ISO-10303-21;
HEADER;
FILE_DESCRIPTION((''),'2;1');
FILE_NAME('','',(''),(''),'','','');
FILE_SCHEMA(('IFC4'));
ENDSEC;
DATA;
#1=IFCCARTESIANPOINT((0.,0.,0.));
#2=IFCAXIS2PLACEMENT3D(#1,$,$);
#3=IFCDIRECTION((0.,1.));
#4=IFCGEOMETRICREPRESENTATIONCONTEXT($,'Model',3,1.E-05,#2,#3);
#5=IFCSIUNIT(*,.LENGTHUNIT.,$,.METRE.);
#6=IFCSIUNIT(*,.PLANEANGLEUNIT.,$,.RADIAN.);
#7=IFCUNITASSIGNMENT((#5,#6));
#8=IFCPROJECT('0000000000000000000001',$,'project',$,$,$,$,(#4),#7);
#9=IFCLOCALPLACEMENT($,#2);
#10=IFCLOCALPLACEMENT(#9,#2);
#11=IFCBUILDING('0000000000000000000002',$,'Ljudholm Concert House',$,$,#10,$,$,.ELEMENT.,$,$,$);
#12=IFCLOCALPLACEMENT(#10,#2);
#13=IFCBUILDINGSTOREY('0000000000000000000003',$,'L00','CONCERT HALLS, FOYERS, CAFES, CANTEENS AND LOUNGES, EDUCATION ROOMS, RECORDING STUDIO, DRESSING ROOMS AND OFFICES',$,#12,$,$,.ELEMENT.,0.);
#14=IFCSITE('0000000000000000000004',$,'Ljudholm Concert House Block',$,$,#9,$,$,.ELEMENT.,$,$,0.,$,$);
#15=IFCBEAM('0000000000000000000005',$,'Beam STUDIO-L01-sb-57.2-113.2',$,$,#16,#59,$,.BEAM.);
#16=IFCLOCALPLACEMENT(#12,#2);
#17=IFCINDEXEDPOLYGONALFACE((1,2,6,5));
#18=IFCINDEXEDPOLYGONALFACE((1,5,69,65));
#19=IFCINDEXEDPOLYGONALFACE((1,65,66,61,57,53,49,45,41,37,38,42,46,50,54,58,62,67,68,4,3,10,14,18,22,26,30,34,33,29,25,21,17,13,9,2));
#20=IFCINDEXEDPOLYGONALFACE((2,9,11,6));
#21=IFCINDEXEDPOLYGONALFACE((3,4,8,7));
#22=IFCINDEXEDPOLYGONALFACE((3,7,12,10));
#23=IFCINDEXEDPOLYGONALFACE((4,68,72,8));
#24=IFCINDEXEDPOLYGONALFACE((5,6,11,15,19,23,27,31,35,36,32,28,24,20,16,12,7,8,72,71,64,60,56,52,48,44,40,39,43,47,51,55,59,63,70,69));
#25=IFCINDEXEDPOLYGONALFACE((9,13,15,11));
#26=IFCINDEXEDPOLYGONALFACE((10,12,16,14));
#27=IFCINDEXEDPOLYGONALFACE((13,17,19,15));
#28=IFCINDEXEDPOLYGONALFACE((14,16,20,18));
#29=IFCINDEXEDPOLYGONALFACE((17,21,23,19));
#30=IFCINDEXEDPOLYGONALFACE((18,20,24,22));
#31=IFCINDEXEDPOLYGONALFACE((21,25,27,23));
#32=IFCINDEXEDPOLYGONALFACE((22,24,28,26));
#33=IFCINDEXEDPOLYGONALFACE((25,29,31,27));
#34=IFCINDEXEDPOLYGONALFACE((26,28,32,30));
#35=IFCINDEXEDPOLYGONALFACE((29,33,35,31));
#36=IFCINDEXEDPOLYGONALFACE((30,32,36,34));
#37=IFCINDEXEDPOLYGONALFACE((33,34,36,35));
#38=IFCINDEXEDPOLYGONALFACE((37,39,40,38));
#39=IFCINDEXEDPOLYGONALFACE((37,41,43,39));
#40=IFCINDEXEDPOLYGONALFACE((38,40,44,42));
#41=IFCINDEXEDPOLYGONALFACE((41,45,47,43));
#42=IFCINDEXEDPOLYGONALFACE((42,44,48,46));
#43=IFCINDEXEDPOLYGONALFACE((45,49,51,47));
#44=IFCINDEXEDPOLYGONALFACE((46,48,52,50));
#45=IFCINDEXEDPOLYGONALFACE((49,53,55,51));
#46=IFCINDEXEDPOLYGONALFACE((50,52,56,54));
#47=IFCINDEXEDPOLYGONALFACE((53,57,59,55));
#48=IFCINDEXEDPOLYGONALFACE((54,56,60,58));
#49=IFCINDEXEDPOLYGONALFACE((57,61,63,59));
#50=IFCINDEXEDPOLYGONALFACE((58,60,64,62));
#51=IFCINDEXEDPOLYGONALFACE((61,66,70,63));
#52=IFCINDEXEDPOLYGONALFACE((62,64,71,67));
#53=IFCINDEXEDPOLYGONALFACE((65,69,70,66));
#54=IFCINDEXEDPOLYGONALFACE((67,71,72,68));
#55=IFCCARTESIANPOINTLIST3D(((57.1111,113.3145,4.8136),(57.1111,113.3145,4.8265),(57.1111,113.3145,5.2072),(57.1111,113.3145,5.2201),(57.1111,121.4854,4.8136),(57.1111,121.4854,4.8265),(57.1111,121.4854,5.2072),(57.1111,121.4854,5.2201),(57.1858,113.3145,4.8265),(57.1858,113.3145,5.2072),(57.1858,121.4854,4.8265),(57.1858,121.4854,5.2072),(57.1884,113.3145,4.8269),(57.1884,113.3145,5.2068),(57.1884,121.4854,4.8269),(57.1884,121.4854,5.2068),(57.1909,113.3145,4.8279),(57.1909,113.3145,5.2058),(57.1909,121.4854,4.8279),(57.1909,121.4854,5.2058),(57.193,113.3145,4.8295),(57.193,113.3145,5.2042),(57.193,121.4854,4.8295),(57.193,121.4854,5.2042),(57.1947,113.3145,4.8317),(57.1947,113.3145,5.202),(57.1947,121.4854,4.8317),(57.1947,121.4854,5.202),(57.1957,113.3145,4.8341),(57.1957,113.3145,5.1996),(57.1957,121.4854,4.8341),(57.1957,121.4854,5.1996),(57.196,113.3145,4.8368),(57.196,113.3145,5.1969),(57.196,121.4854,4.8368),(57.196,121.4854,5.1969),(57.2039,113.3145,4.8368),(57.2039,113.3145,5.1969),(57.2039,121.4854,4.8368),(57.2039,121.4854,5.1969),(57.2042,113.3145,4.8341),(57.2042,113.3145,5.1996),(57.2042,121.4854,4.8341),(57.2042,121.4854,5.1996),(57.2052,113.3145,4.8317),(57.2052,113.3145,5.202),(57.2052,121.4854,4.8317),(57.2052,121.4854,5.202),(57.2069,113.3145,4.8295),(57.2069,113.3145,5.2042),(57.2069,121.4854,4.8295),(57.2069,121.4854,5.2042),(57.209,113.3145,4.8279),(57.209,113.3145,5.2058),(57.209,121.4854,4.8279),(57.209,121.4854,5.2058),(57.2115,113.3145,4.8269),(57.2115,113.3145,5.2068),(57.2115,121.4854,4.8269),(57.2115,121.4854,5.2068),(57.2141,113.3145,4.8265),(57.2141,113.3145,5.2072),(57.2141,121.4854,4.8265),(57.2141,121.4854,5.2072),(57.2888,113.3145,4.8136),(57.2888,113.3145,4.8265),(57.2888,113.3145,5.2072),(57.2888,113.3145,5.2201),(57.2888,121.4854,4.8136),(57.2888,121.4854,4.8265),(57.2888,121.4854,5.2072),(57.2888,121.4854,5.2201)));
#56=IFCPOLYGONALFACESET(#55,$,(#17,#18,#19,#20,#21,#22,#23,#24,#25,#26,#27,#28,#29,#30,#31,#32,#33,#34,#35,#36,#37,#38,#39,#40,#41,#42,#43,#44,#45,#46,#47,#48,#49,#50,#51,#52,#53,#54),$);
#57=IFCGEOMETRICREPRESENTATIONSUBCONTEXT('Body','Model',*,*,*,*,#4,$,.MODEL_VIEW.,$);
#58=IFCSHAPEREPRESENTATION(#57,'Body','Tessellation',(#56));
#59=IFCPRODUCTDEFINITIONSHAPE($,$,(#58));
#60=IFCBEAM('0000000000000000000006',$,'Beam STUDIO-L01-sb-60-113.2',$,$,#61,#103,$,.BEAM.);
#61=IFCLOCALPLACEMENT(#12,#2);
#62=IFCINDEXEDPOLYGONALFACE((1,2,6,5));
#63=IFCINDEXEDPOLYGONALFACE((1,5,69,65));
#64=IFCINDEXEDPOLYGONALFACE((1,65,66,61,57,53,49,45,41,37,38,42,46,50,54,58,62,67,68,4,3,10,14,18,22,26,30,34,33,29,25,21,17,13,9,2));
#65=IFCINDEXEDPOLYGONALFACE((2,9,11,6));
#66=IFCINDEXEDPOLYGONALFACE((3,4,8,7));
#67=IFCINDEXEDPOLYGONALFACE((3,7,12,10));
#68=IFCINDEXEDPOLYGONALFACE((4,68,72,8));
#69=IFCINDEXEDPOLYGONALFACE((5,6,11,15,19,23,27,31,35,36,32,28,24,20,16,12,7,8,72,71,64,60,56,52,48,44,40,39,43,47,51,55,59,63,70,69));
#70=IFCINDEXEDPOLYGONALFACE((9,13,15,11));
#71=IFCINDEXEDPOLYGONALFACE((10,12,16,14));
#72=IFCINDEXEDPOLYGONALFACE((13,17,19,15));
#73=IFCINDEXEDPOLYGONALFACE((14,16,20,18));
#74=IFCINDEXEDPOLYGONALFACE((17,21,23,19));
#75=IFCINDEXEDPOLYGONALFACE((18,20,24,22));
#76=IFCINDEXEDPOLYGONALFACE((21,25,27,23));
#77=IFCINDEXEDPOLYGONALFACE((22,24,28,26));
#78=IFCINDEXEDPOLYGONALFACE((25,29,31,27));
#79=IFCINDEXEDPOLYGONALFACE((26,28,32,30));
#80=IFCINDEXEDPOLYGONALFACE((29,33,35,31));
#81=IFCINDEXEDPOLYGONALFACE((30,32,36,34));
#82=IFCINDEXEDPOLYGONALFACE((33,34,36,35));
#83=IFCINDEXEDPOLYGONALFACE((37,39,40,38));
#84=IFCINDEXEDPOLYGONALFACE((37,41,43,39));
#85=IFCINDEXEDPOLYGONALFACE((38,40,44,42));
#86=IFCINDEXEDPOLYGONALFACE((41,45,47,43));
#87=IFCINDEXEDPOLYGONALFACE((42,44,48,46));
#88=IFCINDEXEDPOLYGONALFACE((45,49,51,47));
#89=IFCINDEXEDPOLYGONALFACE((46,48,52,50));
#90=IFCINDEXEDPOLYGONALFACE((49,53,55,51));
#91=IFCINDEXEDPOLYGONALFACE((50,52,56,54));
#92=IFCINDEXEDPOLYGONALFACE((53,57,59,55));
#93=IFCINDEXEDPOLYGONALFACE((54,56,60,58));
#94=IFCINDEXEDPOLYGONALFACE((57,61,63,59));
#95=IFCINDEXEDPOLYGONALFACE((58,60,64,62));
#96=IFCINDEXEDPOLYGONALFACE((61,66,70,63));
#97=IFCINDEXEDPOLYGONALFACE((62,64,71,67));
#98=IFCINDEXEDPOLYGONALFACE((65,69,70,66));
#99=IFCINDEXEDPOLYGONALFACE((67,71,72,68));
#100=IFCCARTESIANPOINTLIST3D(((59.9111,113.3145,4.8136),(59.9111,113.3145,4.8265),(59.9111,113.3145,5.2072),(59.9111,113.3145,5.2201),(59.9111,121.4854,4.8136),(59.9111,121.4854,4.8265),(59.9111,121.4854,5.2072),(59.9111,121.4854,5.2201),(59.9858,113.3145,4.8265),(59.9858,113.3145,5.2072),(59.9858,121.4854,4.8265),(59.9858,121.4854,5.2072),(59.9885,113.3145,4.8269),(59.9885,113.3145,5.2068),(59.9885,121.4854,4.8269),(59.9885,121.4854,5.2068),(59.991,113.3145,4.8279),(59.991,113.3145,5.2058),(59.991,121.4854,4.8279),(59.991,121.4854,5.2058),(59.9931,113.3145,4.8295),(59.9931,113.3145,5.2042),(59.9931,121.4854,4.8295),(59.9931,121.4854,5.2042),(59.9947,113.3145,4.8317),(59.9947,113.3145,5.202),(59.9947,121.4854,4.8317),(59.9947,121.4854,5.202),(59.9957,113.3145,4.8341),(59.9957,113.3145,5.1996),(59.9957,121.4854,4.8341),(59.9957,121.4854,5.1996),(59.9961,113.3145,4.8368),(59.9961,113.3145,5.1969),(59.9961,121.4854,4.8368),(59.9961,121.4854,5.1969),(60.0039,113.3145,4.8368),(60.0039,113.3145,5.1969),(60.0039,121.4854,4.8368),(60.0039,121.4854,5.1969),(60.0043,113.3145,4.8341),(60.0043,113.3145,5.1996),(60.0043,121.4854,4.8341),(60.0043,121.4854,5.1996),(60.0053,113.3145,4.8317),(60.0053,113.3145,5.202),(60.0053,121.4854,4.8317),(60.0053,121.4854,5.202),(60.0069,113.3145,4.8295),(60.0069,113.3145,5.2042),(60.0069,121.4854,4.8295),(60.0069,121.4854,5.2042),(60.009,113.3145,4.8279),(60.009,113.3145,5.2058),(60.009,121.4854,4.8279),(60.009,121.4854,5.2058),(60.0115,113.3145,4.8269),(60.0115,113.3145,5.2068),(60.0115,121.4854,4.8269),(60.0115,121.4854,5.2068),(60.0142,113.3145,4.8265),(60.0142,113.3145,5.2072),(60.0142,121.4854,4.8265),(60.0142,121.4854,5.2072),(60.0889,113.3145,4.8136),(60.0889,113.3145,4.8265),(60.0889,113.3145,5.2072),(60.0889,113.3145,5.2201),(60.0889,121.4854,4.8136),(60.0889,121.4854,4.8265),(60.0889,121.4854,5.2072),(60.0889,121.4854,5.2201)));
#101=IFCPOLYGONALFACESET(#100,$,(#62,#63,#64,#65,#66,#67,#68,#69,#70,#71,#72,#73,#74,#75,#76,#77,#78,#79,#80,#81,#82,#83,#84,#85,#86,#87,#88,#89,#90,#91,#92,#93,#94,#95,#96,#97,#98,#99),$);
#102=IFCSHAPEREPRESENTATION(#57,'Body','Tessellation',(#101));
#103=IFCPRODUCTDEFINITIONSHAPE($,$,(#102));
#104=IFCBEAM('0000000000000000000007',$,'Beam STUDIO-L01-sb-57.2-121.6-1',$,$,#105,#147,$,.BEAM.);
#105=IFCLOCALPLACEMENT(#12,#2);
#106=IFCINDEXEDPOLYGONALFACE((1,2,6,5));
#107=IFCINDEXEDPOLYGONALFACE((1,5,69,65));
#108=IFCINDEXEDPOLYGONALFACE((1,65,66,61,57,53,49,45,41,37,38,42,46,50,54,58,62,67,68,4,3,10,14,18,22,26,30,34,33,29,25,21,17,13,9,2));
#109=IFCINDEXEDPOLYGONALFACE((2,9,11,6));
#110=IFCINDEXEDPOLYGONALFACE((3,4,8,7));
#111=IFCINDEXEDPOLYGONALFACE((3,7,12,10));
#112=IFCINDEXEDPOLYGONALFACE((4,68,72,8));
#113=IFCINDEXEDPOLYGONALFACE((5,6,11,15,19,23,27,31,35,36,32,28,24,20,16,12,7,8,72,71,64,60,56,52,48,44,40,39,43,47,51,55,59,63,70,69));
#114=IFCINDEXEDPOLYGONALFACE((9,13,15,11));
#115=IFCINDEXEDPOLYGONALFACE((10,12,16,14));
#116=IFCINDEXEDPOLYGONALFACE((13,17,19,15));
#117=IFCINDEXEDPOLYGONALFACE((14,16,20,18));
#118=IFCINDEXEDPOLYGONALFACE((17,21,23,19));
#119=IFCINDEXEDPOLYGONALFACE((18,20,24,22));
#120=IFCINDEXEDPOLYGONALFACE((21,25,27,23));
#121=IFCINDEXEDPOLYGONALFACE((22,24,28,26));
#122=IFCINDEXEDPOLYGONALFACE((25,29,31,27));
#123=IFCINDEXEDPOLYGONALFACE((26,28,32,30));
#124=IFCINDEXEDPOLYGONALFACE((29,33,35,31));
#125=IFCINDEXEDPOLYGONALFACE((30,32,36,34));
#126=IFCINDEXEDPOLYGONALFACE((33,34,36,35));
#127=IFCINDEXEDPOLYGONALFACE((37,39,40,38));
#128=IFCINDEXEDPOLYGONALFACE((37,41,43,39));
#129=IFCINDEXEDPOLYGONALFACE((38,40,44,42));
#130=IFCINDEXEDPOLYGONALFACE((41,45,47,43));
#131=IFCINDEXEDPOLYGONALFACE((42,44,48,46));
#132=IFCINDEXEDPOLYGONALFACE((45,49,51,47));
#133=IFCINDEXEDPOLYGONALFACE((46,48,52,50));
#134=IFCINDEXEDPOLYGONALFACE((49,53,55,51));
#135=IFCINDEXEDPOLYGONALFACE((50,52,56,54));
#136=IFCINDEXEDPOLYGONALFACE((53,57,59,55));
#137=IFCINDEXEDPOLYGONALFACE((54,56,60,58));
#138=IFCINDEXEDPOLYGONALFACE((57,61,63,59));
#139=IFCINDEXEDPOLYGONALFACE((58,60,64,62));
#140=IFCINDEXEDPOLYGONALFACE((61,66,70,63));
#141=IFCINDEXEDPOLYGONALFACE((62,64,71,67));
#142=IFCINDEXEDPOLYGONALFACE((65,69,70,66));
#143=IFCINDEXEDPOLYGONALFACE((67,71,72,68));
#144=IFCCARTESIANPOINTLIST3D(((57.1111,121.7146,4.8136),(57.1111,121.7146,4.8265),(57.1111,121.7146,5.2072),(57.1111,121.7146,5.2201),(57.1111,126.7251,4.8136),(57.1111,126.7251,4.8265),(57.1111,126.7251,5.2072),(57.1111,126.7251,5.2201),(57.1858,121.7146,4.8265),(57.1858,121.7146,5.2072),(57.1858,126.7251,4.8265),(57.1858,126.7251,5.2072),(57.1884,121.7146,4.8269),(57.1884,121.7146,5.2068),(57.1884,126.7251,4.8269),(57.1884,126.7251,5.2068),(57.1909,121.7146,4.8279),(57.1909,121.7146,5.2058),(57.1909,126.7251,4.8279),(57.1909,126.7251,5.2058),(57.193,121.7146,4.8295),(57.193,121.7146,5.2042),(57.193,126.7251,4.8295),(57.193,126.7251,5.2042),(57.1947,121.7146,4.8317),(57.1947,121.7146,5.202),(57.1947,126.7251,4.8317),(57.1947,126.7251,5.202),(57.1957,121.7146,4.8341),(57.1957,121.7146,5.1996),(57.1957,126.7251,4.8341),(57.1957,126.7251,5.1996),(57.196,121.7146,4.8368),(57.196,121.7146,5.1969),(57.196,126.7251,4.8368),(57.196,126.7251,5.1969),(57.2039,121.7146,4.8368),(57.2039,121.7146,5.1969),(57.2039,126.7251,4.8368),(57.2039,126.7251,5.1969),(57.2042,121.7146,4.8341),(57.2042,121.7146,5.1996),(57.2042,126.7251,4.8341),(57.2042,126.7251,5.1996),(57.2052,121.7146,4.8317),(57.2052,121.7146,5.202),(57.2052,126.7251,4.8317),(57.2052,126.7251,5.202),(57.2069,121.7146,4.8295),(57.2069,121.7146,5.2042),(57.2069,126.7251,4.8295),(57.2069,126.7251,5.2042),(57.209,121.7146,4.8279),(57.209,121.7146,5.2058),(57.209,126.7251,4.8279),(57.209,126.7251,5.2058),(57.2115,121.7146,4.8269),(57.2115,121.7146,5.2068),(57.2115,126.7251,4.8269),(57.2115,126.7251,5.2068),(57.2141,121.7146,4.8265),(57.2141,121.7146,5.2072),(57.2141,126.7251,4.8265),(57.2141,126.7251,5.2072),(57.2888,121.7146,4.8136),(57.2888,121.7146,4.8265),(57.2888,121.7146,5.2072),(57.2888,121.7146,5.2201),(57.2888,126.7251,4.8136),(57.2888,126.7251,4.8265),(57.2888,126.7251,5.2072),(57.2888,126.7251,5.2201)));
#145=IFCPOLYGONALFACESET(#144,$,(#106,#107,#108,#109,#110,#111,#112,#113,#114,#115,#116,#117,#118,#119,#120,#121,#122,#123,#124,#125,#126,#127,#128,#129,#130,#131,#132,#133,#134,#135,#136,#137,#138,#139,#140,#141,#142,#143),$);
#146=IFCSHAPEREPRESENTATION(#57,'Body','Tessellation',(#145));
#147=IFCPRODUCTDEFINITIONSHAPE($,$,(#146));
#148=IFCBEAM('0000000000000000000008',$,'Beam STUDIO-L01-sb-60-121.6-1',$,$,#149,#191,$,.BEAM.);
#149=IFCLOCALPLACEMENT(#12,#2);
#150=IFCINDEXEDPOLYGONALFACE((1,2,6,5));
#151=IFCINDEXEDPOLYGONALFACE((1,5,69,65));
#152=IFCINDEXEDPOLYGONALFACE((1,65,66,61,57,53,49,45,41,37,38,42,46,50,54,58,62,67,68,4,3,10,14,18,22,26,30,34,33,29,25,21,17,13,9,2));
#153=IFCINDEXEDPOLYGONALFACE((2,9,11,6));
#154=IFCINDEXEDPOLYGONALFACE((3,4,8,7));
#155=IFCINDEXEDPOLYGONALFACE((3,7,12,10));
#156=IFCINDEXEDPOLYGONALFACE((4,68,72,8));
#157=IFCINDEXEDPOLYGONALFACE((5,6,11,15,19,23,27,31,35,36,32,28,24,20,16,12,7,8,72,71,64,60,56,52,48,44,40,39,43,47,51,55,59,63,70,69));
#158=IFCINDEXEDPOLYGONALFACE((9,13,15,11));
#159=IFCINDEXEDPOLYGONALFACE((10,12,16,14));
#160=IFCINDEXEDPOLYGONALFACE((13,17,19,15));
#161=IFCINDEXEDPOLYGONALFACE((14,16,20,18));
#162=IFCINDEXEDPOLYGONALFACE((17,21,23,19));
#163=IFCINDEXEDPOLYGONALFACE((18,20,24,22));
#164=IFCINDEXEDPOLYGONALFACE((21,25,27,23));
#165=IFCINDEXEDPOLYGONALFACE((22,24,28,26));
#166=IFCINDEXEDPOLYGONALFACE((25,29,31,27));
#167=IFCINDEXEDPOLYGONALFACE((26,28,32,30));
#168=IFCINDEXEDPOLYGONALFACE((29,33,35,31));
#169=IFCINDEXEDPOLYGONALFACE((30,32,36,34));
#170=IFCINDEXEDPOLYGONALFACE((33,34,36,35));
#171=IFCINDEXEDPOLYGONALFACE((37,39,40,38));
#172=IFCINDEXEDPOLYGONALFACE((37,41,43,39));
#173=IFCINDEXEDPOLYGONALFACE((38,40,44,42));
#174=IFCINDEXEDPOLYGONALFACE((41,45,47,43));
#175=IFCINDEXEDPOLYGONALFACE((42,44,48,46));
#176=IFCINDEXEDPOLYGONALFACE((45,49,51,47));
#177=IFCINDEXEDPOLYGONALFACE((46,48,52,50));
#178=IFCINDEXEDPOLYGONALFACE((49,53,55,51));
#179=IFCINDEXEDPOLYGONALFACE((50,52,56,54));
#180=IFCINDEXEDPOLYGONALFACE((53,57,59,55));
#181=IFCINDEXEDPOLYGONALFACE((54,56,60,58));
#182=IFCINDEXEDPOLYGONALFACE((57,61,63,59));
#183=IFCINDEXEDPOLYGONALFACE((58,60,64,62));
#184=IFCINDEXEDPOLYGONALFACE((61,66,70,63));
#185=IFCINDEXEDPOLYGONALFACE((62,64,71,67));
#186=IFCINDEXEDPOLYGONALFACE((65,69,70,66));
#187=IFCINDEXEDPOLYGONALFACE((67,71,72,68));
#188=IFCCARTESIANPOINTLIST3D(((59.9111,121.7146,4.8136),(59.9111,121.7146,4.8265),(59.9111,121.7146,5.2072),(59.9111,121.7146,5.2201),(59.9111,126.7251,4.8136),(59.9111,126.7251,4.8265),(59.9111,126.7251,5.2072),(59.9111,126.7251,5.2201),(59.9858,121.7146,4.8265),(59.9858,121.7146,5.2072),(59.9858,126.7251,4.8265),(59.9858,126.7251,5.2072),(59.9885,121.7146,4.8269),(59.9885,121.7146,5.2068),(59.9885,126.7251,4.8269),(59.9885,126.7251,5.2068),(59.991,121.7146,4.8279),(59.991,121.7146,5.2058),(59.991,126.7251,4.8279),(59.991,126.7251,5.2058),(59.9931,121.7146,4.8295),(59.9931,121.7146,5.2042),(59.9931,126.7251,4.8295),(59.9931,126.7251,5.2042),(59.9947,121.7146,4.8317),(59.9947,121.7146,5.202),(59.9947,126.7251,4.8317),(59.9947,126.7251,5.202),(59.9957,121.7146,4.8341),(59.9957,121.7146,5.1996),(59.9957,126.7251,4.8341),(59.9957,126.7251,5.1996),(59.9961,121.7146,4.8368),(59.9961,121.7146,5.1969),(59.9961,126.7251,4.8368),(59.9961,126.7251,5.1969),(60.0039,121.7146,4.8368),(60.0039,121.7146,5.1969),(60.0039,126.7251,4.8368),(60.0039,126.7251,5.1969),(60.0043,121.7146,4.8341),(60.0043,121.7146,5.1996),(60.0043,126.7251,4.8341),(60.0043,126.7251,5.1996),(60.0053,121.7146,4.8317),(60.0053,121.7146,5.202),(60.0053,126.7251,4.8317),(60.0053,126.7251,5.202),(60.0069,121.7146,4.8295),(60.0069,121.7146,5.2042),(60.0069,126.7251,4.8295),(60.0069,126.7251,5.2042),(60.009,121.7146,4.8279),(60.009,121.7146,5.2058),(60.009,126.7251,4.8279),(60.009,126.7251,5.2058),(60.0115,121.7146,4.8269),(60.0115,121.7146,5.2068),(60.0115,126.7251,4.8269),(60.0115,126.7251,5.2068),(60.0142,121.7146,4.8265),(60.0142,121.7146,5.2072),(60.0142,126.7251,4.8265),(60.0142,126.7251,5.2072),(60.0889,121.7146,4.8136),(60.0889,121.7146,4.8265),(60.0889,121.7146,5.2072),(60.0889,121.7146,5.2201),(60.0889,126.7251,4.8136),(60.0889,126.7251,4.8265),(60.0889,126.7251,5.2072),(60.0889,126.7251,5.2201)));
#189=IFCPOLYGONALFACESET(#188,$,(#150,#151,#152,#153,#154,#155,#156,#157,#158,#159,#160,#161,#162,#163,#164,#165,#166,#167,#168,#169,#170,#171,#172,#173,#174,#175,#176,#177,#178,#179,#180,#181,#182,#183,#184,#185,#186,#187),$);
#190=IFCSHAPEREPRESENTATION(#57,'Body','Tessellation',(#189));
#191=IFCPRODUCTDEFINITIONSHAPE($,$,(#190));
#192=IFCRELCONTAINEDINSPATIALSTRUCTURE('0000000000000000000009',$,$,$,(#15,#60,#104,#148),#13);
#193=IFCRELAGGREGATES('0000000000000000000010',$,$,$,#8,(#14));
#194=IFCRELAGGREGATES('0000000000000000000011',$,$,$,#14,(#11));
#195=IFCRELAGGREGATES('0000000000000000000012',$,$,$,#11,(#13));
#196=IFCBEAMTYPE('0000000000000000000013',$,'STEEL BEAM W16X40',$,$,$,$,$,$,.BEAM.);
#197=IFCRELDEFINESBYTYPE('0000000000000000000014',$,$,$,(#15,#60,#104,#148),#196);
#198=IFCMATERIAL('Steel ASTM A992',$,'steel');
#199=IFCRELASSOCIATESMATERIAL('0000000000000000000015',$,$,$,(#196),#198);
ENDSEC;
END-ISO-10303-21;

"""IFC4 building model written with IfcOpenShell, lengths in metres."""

from ifc_helpers import new_model, si_unit, direction, frame, origin, origin_2d, place, context, subcontext, project, spatial, i_section, extrude, material, material_profile, profile_set, type_object, element, save


model = new_model("IFC4")

# Units and contexts
model_context = context("Model", 3, precision=1e-05, world=origin(), true_north=direction((0.0, 1.0)))
body_context = subcontext(model_context, "Body", "Model", "MODEL_VIEW")
ifc_project = project(units=[si_unit("LENGTHUNIT", "METRE"), si_unit("PLANEANGLEUNIT", "RADIAN")], contexts=[model_context])

# Site, building, storey
site_placement = place(None, origin())
site = spatial("IfcSite", under=ifc_project, at=site_placement, Name="Ljudholm Concert House Block", CompositionType="ELEMENT", RefElevation=0.0)
building_placement = place(site_placement, origin())
building = spatial("IfcBuilding", under=site, at=building_placement, Name="Ljudholm Concert House", CompositionType="ELEMENT")
storey_placement = place(building_placement, origin())
storey = spatial("IfcBuildingStorey", under=building, at=storey_placement, Name="L00", Description="CONCERT HALLS, FOYERS, CAFES, CANTEENS AND LOUNGES, EDUCATION ROOMS, RECORDING STUDIO, DRESSING ROOMS AND OFFICES", CompositionType="ELEMENT", Elevation=0.0)

# Beams
ifc_material_1 = material(Name="Steel ASTM A992", Category="steel")
ifc_material_profile_1 = material_profile(ifc_material_1, i_section(OverallWidth=0.1777, OverallDepth=0.4065, WebThickness=0.0078, FlangeThickness=0.0129, FilletRadius=0.0103, at=origin_2d()), Name="W16X40")
ifc_profile_set_1 = profile_set([ifc_material_profile_1], Name="Steel ASTM A992")
beam_type_1 = type_object("IfcBeamType", Name="STEEL BEAM W16X40", PredefinedType="BEAM", material=ifc_profile_set_1)
for number, where, z_axis, x_axis, name in (
    (1, (57.2, 113.3145, 5.0168), (0.0, 1.0, 0.0), (-1.0, 0.0, 0.0), "Beam STUDIO-L01-sb-57.2-113.2"),
    (2, (60.0, 113.3145, 5.0168), (0.0, 1.0, 0.0), (-1.0, 0.0, 0.0), "Beam STUDIO-L01-sb-60-113.2"),
):
    element("IfcBeam", number, at=place(storey_placement, frame(where, z_axis=z_axis, x_axis=x_axis)), inside=storey, type_object=beam_type_1, Name=name, PredefinedType="BEAM", context=body_context, shape_type="SweptSolid", body=[
        extrude(i_section(OverallWidth=0.1777, OverallDepth=0.4065, WebThickness=0.0078, FlangeThickness=0.0129, FilletRadius=0.0103, at=origin_2d()), origin(), (0.0, 0.0, 1.0), 8.1709),
    ])
for number, where, z_axis, x_axis, name in (
    (3, (57.2, 121.7146, 5.0168), (0.0, 1.0, 0.0), (-1.0, 0.0, 0.0), "Beam STUDIO-L01-sb-57.2-121.6-1"),
    (4, (60.0, 121.7146, 5.0168), (0.0, 1.0, 0.0), (-1.0, 0.0, 0.0), "Beam STUDIO-L01-sb-60-121.6-1"),
):
    element("IfcBeam", number, at=place(storey_placement, frame(where, z_axis=z_axis, x_axis=x_axis)), inside=storey, type_object=beam_type_1, Name=name, PredefinedType="BEAM", context=body_context, shape_type="SweptSolid", body=[
        extrude(i_section(OverallWidth=0.1777, OverallDepth=0.4065, WebThickness=0.0078, FlangeThickness=0.0129, FilletRadius=0.0103, at=origin_2d()), origin(), (0.0, 0.0, 1.0), 5.0105),
    ])

save(model, "model.ifc")
